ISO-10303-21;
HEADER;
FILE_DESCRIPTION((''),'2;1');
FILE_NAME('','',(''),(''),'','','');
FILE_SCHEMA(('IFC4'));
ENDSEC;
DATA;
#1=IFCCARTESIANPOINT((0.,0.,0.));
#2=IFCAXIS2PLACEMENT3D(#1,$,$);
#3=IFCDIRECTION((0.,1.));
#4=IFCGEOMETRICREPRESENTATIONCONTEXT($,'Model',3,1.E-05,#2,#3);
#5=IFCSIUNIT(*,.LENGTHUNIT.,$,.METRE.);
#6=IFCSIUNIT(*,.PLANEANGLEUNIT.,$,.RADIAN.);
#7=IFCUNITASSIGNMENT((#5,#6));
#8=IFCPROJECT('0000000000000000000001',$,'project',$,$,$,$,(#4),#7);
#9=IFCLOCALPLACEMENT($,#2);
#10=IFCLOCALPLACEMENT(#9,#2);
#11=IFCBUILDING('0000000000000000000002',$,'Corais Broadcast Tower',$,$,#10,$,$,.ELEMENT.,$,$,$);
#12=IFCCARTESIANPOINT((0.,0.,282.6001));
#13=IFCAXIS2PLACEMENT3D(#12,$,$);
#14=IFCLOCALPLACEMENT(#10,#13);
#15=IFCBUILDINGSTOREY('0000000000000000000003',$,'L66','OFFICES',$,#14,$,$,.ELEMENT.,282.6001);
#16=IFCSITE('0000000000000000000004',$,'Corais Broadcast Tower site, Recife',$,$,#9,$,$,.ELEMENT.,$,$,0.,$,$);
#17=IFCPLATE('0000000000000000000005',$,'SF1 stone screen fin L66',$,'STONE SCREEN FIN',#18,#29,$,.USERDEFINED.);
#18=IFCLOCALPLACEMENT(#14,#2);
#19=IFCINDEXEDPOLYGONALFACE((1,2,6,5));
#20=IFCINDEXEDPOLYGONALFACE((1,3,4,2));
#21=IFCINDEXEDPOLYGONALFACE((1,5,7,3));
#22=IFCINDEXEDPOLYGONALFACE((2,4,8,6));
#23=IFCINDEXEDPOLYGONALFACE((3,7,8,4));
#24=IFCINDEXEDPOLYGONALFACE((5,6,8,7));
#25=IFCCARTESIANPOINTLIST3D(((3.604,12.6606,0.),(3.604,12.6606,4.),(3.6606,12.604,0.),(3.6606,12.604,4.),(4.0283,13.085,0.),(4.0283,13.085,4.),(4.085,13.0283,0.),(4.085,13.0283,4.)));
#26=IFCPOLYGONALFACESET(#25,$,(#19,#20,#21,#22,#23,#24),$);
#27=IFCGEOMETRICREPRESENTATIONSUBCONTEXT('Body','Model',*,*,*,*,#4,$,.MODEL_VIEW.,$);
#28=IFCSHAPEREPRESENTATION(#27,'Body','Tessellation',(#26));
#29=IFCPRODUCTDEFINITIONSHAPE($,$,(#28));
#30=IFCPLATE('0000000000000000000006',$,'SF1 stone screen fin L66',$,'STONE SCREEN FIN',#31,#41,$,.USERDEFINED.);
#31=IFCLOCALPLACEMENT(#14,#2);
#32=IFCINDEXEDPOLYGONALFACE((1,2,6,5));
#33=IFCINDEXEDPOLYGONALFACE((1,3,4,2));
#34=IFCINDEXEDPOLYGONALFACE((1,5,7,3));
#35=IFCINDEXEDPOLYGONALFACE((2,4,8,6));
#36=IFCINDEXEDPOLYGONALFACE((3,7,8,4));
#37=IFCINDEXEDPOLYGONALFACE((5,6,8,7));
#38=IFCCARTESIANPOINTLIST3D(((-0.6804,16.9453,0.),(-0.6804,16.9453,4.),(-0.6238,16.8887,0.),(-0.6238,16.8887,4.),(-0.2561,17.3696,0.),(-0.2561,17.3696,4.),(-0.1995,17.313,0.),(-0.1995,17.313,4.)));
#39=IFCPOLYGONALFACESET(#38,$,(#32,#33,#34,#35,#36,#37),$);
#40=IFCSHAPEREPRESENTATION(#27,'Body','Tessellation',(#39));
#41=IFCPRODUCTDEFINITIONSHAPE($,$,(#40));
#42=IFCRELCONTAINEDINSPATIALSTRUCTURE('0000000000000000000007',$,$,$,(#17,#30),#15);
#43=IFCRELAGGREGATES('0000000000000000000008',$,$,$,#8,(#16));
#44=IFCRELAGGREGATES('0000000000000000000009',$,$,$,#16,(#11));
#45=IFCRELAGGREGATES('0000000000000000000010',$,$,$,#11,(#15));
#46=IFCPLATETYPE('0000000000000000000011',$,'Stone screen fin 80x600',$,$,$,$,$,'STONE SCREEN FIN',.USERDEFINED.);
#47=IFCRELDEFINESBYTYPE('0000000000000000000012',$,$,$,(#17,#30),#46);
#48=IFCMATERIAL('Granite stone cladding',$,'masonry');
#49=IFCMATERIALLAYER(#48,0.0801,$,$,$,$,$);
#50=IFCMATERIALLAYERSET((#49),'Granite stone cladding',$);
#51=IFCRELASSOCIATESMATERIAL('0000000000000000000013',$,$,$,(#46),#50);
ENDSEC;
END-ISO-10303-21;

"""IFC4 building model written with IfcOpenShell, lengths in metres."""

from ifc_helpers import new_model, si_unit, direction, frame, origin, origin_2d, place, context, subcontext, project, spatial, rectangle, extrude, material, layer, layer_set, type_object, element, save


model = new_model("IFC4")

# Units and contexts
model_context = context("Model", 3, precision=1e-05, world=origin(), true_north=direction((0.0, 1.0)))
body_context = subcontext(model_context, "Body", "Model", "MODEL_VIEW")
ifc_project = project(units=[si_unit("LENGTHUNIT", "METRE"), si_unit("PLANEANGLEUNIT", "RADIAN")], contexts=[model_context])

# Site, building, storey
site_placement = place(None, origin())
site = spatial("IfcSite", under=ifc_project, at=site_placement, Name="Corais Broadcast Tower site, Recife", CompositionType="ELEMENT", RefElevation=0.0)
building_placement = place(site_placement, origin())
building = spatial("IfcBuilding", under=site, at=building_placement, Name="Corais Broadcast Tower", CompositionType="ELEMENT")
storey_placement = place(building_placement, frame((0.0, 0.0, 282.6001)))
storey = spatial("IfcBuildingStorey", under=building, at=storey_placement, Name="L66", Description="OFFICES", CompositionType="ELEMENT", Elevation=282.6001)

# Plates
ifc_material_1 = material(Name="Granite stone cladding", Category="masonry")
ifc_layer_1 = layer(ifc_material_1, 0.0801)
ifc_layer_set_1 = layer_set([ifc_layer_1], Name="Granite stone cladding")
plate_type_1 = type_object("IfcPlateType", Name="Stone screen fin 80x600", ElementType="STONE SCREEN FIN", PredefinedType="USERDEFINED", material=ifc_layer_set_1)
for number, where, z_axis, x_axis, name in (
    (1, (3.8445, 12.8445, 0.0), (0.0, 0.0, 1.0), (-0.707107, 0.707107, 0.0), "SF1 stone screen fin L66"),
    (2, (-0.4399, 17.1292, 0.0), (0.0, 0.0, 1.0), (-0.707107, 0.707107, 0.0), "SF1 stone screen fin L66"),
):
    element("IfcPlate", number, at=place(storey_placement, frame(where, z_axis=z_axis, x_axis=x_axis)), inside=storey, type_object=plate_type_1, Name=name, ObjectType="STONE SCREEN FIN", PredefinedType="USERDEFINED", context=body_context, shape_type="SweptSolid", body=[
        extrude(rectangle(XDim=0.0801, YDim=0.6001, at=origin_2d()), origin(), (0.0, 0.0, 1.0), 4.0),
    ])

save(model, "model.ifc")
